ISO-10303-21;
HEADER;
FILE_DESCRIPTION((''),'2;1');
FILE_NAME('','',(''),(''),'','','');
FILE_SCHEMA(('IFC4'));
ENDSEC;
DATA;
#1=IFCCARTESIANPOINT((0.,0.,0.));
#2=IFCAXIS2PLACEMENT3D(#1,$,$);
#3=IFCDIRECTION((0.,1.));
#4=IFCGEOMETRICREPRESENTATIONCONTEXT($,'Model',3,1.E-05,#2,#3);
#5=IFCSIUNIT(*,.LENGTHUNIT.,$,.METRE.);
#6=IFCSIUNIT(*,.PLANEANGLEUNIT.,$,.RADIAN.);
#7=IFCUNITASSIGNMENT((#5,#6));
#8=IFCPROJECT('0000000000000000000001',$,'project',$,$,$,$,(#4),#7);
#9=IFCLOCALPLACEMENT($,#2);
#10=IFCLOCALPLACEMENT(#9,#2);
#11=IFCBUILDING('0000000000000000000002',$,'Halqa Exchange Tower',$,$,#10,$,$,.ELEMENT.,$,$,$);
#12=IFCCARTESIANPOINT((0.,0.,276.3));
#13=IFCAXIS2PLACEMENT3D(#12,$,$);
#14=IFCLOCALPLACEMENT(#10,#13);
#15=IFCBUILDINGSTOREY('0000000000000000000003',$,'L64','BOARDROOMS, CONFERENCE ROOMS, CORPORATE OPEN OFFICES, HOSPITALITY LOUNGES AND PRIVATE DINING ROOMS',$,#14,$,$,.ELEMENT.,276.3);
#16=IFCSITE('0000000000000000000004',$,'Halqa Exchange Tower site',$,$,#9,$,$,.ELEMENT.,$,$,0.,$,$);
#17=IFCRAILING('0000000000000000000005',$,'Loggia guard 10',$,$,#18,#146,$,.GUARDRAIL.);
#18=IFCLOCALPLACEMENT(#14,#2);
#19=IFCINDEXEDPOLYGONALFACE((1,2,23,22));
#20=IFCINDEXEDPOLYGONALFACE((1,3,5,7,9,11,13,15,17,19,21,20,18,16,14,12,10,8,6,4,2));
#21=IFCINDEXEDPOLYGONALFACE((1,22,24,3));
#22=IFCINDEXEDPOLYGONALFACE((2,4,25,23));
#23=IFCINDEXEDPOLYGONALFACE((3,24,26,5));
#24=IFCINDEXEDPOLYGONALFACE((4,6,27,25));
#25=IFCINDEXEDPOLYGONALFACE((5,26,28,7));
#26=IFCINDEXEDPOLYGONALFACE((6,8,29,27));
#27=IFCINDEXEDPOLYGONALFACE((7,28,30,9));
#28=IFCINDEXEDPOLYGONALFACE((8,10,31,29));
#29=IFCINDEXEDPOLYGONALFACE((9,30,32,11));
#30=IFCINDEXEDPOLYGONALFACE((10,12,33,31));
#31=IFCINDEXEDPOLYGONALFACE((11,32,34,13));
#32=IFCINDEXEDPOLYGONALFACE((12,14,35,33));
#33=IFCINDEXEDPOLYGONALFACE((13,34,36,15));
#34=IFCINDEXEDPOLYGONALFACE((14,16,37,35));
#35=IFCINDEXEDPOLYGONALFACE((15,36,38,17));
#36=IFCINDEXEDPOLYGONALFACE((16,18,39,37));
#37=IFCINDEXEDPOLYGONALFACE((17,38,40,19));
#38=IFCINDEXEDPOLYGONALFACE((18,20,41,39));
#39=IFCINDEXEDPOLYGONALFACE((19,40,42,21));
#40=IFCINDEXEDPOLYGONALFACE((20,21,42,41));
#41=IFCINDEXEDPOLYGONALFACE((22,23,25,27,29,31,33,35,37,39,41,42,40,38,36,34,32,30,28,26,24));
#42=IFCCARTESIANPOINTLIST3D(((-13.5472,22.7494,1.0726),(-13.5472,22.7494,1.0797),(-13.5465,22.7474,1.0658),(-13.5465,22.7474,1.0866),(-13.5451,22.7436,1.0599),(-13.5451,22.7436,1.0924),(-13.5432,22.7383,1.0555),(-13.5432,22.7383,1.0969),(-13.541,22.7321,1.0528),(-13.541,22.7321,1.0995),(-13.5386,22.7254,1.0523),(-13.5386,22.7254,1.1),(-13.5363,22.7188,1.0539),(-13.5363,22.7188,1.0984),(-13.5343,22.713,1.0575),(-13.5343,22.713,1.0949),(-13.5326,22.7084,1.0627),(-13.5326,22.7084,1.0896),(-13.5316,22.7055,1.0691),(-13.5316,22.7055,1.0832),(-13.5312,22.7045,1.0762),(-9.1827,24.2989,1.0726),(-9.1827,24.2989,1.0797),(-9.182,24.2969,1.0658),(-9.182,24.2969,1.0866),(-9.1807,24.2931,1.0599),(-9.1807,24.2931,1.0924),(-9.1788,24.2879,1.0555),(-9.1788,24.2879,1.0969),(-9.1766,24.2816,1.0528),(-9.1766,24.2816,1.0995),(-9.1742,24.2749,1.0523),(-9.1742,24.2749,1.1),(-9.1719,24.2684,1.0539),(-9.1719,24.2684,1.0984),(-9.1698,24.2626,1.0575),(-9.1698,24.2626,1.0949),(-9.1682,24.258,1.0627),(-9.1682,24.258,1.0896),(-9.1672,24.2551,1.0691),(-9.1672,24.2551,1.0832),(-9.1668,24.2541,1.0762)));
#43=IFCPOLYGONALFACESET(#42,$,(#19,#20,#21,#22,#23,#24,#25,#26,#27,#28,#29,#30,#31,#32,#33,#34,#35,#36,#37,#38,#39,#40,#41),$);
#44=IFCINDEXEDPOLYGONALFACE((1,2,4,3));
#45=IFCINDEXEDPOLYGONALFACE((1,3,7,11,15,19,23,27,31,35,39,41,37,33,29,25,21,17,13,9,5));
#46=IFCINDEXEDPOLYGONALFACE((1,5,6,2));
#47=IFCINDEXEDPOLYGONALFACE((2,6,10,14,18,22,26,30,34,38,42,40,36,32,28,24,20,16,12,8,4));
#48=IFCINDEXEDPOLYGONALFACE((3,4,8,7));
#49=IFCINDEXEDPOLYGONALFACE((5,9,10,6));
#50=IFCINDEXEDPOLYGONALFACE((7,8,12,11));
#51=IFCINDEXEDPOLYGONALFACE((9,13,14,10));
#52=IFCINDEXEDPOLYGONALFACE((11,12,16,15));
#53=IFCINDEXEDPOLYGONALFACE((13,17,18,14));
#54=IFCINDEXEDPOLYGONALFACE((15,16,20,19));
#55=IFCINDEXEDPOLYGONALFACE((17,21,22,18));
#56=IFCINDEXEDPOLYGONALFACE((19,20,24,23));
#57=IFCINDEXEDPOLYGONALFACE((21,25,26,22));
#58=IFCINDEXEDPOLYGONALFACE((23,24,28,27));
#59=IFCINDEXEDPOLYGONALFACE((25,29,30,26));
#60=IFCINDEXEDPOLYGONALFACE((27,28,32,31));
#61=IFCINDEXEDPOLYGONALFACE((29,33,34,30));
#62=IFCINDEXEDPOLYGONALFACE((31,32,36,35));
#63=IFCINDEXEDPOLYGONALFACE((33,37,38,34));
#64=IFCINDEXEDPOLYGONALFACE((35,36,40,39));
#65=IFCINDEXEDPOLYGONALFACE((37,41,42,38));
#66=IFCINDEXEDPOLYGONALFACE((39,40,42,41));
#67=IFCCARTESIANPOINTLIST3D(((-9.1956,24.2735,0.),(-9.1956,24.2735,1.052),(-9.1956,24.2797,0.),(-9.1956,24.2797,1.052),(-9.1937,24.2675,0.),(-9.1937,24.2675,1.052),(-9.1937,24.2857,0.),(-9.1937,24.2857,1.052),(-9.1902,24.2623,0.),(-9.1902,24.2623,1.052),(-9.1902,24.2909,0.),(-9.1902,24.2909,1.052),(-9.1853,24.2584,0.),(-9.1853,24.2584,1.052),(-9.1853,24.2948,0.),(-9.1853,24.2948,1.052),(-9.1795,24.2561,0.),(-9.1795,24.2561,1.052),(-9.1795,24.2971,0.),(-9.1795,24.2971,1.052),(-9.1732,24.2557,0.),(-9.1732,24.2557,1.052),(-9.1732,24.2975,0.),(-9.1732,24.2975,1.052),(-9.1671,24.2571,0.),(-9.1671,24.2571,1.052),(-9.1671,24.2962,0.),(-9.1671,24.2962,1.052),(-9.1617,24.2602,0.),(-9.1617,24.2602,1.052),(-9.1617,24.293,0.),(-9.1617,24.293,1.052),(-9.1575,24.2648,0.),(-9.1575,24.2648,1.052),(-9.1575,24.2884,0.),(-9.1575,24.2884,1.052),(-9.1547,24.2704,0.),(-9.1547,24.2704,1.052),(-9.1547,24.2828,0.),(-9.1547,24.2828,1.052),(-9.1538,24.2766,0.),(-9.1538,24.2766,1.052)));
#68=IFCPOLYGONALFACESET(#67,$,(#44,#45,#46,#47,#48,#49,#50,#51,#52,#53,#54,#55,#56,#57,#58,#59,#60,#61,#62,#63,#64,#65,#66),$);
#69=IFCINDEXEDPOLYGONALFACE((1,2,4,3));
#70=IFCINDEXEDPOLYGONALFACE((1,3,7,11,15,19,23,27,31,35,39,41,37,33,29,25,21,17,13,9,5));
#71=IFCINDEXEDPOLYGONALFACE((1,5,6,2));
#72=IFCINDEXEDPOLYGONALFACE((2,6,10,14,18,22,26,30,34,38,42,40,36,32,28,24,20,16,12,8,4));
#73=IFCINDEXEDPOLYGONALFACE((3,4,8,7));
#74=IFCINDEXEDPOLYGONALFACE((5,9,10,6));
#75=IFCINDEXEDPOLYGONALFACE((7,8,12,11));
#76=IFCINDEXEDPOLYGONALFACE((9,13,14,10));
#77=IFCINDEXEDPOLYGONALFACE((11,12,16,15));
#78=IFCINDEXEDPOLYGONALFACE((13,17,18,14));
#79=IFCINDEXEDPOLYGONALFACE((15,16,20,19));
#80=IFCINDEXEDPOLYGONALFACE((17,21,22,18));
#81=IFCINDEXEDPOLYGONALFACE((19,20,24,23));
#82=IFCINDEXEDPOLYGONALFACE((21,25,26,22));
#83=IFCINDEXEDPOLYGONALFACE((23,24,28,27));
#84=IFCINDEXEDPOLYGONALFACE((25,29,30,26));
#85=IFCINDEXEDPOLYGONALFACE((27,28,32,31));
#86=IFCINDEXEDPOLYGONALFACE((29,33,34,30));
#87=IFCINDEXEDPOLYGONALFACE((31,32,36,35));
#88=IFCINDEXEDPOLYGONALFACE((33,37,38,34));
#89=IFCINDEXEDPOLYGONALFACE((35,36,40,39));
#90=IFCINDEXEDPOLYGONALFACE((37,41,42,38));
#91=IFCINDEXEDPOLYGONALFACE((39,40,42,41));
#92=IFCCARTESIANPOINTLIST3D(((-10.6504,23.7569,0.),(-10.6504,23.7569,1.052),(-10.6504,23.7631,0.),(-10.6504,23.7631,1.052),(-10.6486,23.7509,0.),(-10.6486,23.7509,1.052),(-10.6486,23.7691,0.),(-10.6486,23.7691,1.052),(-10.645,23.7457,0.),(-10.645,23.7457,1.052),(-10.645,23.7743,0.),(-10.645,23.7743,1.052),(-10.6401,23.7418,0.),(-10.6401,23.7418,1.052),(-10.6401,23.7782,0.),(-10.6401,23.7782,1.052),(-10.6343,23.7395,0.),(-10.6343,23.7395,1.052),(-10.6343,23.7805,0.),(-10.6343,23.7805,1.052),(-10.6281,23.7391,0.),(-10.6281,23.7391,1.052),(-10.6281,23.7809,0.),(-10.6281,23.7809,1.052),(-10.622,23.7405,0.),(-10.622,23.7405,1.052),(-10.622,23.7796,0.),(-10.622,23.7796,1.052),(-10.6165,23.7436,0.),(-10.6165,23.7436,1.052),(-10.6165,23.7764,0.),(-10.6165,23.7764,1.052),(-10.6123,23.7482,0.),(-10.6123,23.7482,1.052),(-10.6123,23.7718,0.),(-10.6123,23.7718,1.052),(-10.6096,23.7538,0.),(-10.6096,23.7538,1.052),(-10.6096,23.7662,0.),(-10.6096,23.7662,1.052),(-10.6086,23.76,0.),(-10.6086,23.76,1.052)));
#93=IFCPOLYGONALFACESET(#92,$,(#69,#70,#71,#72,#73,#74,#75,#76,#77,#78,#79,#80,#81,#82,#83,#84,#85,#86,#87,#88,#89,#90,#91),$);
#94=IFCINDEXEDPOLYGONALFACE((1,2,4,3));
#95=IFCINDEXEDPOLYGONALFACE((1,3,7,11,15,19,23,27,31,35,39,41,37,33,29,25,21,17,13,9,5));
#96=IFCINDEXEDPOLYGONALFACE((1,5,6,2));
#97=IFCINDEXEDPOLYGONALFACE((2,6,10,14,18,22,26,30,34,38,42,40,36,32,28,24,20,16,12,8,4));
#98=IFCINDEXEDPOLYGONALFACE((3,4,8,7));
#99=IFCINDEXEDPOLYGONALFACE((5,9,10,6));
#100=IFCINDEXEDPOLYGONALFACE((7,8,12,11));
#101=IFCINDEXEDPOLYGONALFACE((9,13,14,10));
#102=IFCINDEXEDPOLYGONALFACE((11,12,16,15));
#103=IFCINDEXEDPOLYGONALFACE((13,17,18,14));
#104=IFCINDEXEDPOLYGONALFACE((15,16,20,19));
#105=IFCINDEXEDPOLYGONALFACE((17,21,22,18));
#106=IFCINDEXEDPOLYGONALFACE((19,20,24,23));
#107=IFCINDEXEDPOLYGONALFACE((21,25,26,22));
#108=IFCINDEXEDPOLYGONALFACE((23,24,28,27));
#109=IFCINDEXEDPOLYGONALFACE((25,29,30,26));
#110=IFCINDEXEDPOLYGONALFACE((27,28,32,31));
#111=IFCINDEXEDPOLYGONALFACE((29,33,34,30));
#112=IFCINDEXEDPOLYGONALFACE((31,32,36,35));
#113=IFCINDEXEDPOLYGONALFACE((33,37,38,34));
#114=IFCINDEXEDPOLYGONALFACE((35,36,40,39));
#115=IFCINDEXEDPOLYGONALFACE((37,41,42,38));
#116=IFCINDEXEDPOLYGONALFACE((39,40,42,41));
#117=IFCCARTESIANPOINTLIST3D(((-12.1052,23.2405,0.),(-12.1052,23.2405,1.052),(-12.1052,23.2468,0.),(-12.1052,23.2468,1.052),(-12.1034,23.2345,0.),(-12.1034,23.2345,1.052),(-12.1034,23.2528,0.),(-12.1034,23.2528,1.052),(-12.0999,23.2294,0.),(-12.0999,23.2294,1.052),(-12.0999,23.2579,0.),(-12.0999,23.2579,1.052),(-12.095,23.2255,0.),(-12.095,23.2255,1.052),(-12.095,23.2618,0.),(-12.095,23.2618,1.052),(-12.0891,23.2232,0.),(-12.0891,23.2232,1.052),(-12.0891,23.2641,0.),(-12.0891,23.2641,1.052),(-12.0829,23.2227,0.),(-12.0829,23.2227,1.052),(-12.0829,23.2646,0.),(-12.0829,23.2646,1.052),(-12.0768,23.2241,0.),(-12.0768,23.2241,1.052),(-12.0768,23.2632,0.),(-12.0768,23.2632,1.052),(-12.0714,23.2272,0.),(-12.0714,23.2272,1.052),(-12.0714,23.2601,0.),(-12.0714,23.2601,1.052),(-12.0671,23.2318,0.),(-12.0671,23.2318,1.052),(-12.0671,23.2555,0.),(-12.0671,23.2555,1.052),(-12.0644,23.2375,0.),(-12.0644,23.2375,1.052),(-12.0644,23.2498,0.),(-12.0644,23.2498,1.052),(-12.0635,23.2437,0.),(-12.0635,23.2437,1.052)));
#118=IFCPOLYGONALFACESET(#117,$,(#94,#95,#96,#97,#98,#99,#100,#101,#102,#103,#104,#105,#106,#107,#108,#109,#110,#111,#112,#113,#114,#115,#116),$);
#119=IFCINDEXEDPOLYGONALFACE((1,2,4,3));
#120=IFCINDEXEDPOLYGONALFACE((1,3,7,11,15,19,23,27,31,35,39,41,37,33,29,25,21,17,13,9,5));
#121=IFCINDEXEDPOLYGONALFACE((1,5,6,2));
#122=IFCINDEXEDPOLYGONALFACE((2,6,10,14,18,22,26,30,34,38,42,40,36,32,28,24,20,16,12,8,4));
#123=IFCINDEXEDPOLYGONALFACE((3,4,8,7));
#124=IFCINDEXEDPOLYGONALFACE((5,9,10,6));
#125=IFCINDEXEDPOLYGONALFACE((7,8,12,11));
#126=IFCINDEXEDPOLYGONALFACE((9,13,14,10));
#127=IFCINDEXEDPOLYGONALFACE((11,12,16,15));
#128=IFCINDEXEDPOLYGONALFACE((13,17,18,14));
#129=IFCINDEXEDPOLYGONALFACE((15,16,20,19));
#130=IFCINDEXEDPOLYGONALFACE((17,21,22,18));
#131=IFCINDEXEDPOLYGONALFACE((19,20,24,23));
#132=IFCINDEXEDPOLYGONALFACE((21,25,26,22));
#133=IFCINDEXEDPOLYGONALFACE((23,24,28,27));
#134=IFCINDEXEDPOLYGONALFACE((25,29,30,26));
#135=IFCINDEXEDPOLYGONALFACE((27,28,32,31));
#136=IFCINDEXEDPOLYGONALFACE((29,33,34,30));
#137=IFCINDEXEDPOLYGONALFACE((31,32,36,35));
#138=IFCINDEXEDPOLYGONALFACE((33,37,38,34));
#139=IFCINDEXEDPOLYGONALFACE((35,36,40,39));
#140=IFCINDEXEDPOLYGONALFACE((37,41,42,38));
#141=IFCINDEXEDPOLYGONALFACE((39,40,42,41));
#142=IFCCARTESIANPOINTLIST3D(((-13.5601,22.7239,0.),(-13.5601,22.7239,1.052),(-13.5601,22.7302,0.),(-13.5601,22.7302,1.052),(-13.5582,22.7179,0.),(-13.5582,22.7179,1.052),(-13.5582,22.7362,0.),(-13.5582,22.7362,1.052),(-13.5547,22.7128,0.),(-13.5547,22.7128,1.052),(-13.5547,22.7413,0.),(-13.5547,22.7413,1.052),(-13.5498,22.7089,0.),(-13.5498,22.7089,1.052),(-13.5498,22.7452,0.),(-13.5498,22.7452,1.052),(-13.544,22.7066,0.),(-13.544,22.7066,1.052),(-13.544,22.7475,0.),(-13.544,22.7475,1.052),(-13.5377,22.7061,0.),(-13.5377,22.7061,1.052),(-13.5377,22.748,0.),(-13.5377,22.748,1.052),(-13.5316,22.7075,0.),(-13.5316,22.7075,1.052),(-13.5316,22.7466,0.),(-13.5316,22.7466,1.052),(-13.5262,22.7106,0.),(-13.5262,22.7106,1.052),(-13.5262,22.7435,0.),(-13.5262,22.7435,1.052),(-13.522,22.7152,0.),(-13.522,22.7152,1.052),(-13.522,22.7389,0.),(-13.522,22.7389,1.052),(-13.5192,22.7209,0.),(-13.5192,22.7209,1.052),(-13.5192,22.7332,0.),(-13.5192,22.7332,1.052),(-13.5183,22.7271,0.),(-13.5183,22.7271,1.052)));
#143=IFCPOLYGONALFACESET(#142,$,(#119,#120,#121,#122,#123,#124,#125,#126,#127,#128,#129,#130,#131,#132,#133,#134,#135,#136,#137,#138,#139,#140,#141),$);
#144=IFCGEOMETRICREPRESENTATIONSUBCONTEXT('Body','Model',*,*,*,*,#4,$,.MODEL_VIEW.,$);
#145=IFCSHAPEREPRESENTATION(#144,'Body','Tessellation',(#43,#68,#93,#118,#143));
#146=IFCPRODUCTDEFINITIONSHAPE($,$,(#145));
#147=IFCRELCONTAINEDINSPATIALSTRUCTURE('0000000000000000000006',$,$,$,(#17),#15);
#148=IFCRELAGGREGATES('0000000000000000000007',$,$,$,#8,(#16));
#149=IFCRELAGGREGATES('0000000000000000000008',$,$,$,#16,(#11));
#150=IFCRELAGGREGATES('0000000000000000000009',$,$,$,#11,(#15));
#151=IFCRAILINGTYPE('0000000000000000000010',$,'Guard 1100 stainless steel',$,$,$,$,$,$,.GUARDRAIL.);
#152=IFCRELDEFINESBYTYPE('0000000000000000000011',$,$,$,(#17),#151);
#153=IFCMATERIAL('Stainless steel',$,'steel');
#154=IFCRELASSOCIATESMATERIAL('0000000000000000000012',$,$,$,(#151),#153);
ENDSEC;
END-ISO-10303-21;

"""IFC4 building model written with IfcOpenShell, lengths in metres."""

from ifc_helpers import new_model, si_unit, direction, frame, origin, origin_2d, place, context, subcontext, project, spatial, circle, extrude, material, type_object, element, save


model = new_model("IFC4")

# Units and contexts
model_context = context("Model", 3, precision=1e-05, world=origin(), true_north=direction((0.0, 1.0)))
body_context = subcontext(model_context, "Body", "Model", "MODEL_VIEW")
ifc_project = project(units=[si_unit("LENGTHUNIT", "METRE"), si_unit("PLANEANGLEUNIT", "RADIAN")], contexts=[model_context])

# Site, building, storey
site_placement = place(None, origin())
site = spatial("IfcSite", under=ifc_project, at=site_placement, Name="Halqa Exchange Tower site", CompositionType="ELEMENT", RefElevation=0.0)
building_placement = place(site_placement, origin())
building = spatial("IfcBuilding", under=site, at=building_placement, Name="Halqa Exchange Tower", CompositionType="ELEMENT")
storey_placement = place(building_placement, frame((0.0, 0.0, 276.3)))
storey = spatial("IfcBuildingStorey", under=building, at=storey_placement, Name="L64", Description="BOARDROOMS, CONFERENCE ROOMS, CORPORATE OPEN OFFICES, HOSPITALITY LOUNGES AND PRIVATE DINING ROOMS", CompositionType="ELEMENT", Elevation=276.3)

# Railing
ifc_material_1 = material(Name="Stainless steel", Category="steel")
railing_type_1 = type_object("IfcRailingType", Name="Guard 1100 stainless steel", PredefinedType="GUARDRAIL", material=ifc_material_1)
railing_1_placement = place(storey_placement, frame((-9.1748, 24.2766, 0.0)))
element("IfcRailing", 1, at=railing_1_placement, inside=storey, type_object=railing_type_1, Name="Loggia guard 10", PredefinedType="GUARDRAIL", context=body_context, shape_type="SweptSolid", body=[
    extrude(circle(Radius=0.0239, at=origin_2d()), frame((0.0, 0.0, 1.0762), z_axis=(-0.942369, -0.334576, 0.0), x_axis=(0.334576, -0.942369, 0.0)), (0.0, 0.0, 1.0), 4.6313),
    extrude(circle(Radius=0.021, at=origin_2d()), origin(), (0.0, 0.0, 1.0), 1.052),
    extrude(circle(Radius=0.021, at=origin_2d()), frame((-1.4548, -0.5166, 0.0)), (0.0, 0.0, 1.0), 1.052),
    extrude(circle(Radius=0.021, at=origin_2d()), frame((-2.9097, -1.033, 0.0)), (0.0, 0.0, 1.0), 1.052),
    extrude(circle(Radius=0.021, at=origin_2d()), frame((-4.3645, -1.5496, 0.0)), (0.0, 0.0, 1.0), 1.052),
])

save(model, "model.ifc")
